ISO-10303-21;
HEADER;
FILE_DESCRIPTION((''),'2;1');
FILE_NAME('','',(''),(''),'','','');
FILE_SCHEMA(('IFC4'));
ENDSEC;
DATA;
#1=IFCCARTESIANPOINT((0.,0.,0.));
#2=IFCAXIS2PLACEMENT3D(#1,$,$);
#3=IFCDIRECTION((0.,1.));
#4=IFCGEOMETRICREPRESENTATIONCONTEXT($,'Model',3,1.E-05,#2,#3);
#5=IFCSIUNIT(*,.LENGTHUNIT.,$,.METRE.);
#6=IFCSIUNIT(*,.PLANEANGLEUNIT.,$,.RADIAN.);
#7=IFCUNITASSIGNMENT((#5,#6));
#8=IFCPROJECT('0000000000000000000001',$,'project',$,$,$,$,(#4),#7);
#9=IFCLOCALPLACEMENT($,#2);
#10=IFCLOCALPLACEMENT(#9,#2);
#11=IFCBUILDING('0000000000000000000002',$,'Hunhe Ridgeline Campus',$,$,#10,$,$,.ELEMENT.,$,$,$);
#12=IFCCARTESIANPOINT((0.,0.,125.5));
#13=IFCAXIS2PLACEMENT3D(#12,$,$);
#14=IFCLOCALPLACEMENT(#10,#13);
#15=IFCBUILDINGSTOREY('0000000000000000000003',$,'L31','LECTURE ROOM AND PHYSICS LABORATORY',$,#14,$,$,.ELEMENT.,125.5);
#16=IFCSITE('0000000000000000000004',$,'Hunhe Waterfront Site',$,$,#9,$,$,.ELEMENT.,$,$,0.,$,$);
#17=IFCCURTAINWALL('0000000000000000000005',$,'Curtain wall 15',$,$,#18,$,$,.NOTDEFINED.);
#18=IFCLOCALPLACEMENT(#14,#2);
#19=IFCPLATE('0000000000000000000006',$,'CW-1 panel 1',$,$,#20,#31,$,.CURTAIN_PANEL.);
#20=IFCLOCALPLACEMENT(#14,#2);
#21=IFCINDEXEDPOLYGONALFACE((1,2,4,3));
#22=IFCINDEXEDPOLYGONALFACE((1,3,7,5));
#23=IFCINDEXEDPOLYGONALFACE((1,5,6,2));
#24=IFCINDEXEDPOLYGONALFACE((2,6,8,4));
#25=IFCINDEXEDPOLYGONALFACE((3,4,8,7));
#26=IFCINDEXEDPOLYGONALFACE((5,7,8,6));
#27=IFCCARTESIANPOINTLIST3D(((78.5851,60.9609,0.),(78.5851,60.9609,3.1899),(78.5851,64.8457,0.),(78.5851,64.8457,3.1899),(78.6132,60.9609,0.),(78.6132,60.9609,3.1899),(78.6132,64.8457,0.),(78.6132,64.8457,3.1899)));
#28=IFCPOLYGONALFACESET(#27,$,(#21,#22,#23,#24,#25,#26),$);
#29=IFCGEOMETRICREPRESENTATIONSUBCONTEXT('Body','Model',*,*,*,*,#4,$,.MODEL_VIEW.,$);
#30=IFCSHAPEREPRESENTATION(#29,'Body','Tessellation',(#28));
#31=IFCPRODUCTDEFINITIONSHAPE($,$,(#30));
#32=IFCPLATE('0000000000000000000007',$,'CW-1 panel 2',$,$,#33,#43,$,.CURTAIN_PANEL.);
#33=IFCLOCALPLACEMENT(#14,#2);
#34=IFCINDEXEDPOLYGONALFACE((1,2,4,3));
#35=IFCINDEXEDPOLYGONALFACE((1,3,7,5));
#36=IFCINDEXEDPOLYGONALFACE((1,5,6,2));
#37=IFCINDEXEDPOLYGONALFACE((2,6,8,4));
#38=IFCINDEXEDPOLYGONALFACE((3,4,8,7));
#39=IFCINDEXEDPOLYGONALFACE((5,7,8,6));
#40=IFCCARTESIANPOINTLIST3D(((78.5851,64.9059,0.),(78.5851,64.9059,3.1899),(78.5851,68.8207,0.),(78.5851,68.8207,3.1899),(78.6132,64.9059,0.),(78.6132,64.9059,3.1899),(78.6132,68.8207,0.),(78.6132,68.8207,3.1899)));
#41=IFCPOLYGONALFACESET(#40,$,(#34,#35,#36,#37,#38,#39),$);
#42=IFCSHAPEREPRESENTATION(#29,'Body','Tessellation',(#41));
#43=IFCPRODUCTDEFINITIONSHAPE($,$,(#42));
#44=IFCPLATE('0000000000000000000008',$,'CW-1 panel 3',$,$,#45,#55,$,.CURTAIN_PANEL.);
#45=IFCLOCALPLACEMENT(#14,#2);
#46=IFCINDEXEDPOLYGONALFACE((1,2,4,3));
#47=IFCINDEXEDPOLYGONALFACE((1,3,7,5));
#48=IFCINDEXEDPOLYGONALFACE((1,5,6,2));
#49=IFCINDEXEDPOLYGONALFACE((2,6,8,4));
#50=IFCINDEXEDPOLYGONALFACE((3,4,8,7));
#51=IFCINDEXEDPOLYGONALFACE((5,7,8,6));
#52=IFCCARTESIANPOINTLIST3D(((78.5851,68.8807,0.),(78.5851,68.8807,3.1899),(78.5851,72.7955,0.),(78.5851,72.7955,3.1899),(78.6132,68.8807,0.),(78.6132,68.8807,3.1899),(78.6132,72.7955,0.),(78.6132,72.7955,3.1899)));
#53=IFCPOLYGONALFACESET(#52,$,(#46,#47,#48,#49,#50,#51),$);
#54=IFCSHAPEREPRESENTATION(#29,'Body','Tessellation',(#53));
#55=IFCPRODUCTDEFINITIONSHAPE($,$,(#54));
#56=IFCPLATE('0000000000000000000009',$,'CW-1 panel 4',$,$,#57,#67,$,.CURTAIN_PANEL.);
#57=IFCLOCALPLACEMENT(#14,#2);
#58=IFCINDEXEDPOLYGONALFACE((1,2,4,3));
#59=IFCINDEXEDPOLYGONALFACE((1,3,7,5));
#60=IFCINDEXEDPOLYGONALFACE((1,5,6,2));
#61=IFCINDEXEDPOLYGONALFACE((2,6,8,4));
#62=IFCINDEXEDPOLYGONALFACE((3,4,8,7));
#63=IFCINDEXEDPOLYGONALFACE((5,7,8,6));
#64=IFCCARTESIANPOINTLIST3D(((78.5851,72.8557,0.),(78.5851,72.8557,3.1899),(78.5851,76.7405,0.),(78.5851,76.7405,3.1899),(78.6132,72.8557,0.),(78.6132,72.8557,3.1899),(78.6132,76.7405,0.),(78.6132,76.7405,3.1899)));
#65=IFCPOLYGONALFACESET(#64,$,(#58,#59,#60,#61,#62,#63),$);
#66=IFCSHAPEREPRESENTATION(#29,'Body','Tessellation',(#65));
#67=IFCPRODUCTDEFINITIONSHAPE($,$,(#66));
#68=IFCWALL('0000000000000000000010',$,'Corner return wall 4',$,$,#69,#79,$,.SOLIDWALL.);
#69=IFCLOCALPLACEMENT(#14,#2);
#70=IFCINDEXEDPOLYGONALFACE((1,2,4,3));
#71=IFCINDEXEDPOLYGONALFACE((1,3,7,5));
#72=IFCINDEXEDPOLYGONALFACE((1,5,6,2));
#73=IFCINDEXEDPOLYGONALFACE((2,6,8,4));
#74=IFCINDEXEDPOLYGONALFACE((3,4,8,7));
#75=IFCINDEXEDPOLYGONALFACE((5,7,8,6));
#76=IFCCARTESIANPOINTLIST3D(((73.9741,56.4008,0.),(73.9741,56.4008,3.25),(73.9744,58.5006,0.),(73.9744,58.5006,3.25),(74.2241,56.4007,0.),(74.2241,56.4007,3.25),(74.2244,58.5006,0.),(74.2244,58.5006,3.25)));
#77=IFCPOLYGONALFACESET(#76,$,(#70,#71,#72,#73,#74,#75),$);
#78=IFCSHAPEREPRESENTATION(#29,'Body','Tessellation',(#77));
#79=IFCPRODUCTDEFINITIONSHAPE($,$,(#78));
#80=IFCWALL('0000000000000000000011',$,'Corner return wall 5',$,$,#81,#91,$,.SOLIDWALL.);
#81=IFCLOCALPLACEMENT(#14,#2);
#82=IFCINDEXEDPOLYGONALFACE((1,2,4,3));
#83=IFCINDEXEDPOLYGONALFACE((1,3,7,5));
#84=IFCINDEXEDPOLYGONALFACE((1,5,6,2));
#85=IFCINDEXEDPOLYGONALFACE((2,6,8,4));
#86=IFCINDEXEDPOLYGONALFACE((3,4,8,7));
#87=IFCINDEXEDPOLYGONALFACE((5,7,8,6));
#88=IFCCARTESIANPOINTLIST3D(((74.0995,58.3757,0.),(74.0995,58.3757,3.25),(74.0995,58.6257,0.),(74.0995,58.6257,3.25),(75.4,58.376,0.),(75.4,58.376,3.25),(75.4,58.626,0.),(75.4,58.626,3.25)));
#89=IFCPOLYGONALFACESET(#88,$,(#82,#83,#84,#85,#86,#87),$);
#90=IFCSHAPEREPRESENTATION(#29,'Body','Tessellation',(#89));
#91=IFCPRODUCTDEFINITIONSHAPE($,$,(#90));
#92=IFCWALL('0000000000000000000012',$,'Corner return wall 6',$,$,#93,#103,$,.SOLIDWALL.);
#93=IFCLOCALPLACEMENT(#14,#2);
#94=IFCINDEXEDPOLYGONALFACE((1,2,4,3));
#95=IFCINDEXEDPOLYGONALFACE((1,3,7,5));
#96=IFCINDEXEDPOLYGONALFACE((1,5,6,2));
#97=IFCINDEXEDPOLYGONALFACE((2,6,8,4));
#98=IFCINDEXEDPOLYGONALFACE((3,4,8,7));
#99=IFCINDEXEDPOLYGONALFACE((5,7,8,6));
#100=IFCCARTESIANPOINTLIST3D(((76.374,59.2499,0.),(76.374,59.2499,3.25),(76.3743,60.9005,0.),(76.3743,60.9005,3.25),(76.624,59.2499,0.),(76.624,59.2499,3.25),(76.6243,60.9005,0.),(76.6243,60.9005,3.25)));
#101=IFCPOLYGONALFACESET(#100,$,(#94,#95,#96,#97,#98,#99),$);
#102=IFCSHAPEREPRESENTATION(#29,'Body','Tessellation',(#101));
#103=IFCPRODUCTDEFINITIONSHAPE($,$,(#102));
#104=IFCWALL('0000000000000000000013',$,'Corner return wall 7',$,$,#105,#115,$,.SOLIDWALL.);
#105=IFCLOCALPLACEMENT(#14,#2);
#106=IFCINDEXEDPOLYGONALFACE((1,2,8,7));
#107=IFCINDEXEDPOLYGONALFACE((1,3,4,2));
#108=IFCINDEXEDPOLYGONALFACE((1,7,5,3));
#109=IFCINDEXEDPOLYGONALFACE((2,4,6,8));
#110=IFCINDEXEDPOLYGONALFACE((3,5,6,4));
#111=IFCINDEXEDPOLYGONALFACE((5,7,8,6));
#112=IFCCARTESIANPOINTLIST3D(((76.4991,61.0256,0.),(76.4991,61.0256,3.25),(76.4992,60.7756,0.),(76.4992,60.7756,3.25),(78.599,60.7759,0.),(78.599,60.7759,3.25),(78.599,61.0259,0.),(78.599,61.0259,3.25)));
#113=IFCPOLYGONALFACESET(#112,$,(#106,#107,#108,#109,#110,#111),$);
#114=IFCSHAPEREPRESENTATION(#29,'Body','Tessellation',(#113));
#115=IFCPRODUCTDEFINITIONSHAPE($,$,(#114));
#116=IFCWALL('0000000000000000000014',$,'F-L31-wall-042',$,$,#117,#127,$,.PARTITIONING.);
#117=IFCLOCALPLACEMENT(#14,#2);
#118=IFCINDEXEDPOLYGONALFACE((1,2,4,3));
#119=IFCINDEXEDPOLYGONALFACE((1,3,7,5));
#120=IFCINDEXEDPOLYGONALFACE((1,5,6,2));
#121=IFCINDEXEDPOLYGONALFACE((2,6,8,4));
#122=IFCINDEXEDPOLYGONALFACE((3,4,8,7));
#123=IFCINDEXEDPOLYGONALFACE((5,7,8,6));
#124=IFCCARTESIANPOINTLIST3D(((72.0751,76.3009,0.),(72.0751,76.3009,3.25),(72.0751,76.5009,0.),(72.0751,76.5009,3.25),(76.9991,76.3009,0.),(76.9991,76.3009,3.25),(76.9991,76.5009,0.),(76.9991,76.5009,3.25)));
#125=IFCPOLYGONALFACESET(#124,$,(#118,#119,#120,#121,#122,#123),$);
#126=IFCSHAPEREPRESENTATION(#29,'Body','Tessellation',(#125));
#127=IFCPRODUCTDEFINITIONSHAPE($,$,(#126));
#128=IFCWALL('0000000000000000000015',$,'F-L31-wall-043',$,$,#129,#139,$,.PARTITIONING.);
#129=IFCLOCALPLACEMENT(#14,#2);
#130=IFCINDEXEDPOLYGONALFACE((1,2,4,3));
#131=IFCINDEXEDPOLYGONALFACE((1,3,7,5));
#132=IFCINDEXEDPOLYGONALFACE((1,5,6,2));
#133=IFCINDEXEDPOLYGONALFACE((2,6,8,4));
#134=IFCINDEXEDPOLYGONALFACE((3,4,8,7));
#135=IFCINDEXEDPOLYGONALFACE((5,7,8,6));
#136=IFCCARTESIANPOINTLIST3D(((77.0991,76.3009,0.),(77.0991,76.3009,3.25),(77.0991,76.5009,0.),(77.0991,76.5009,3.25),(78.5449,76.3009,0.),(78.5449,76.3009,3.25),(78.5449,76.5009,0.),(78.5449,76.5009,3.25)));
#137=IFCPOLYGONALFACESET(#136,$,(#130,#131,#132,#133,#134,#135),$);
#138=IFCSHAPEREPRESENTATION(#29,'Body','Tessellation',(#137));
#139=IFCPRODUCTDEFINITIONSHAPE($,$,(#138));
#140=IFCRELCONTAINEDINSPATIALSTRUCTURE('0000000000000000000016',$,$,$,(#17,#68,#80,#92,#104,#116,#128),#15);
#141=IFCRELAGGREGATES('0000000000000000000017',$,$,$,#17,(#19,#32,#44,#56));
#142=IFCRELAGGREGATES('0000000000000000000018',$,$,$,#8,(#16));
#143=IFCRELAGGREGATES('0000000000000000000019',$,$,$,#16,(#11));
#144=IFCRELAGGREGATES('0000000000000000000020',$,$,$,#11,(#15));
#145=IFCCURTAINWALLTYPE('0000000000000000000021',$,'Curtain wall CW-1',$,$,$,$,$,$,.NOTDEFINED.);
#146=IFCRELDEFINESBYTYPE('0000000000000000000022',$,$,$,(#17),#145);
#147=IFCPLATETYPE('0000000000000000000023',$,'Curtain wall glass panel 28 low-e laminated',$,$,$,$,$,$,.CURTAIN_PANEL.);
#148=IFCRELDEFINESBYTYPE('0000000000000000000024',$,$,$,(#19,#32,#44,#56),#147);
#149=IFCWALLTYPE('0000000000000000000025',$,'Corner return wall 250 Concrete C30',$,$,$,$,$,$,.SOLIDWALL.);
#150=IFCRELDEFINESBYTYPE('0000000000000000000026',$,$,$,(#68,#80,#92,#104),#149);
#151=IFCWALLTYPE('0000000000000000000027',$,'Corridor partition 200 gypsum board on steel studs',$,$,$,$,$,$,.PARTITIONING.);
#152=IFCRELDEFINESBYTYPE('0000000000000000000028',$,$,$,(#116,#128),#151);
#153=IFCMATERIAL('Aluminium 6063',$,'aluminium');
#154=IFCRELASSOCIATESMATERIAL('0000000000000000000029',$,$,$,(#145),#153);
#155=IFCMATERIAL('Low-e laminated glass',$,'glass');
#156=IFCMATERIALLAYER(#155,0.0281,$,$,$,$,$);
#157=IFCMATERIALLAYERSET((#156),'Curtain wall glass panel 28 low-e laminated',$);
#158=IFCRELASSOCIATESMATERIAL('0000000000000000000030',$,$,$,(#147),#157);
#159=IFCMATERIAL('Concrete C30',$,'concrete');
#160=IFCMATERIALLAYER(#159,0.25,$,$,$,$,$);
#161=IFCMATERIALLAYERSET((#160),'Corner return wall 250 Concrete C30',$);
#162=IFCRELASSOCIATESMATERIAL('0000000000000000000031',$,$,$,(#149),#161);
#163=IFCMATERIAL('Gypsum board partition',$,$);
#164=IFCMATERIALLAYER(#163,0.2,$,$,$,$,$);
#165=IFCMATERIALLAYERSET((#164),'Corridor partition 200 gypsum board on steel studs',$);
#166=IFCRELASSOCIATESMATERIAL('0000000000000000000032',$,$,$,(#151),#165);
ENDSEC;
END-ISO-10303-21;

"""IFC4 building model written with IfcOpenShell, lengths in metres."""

from ifc_helpers import new_model, si_unit, direction, frame, frame_2d, origin, origin_2d, place, context, subcontext, project, spatial, rectangle, extrude, material, layer, layer_set, type_object, element, aggregate, save


model = new_model("IFC4")

# Units and contexts
model_context = context("Model", 3, precision=1e-05, world=origin(), true_north=direction((0.0, 1.0)))
body_context = subcontext(model_context, "Body", "Model", "MODEL_VIEW")
ifc_project = project(units=[si_unit("LENGTHUNIT", "METRE"), si_unit("PLANEANGLEUNIT", "RADIAN")], contexts=[model_context])

# Site, building, storey
site_placement = place(None, origin())
site = spatial("IfcSite", under=ifc_project, at=site_placement, Name="Hunhe Waterfront Site", CompositionType="ELEMENT", RefElevation=0.0)
building_placement = place(site_placement, origin())
building = spatial("IfcBuilding", under=site, at=building_placement, Name="Hunhe Ridgeline Campus", CompositionType="ELEMENT")
storey_placement = place(building_placement, frame((0.0, 0.0, 125.5)))
storey = spatial("IfcBuildingStorey", under=building, at=storey_placement, Name="L31", Description="LECTURE ROOM AND PHYSICS LABORATORY", CompositionType="ELEMENT", Elevation=125.5)

# Curtain wall
ifc_material_1 = material(Name="Aluminium 6063", Category="aluminium")
curtain_wall_type = type_object("IfcCurtainWallType", Name="Curtain wall CW-1", PredefinedType="NOTDEFINED", material=ifc_material_1)
curtain_wall_placement = place(storey_placement, origin())
curtain_wall = element("IfcCurtainWall", 1, at=curtain_wall_placement, inside=storey, type_object=curtain_wall_type, Name="Curtain wall 15", PredefinedType="NOTDEFINED")

# Plates
ifc_material_2 = material(Name="Low-e laminated glass", Category="glass")
ifc_layer_1 = layer(ifc_material_2, 0.0281)
ifc_layer_set_1 = layer_set([ifc_layer_1], Name="Curtain wall glass panel 28 low-e laminated")
plate_type = type_object("IfcPlateType", Name="Curtain wall glass panel 28 low-e laminated", PredefinedType="CURTAIN_PANEL", material=ifc_layer_set_1)
plate_1_placement = place(storey_placement, frame((78.5991, 62.9033, 0.0), z_axis=(0.0, 0.0, 1.0), x_axis=(0.0, 1.0, 0.0)))
plate_1 = element("IfcPlate", 2, at=plate_1_placement, type_object=plate_type, Name="CW-1 panel 1", PredefinedType="CURTAIN_PANEL", context=body_context, shape_type="SweptSolid", body=[
    extrude(rectangle(XDim=3.8848, YDim=0.0281, at=origin_2d()), origin(), (0.0, 0.0, 1.0), 3.1899),
])
plate_2_placement = place(storey_placement, frame((78.5991, 66.8633, 0.0), z_axis=(0.0, 0.0, 1.0), x_axis=(0.0, 1.0, 0.0)))
plate_2 = element("IfcPlate", 3, at=plate_2_placement, type_object=plate_type, Name="CW-1 panel 2", PredefinedType="CURTAIN_PANEL", context=body_context, shape_type="SweptSolid", body=[
    extrude(rectangle(XDim=3.9148, YDim=0.0281, at=origin_2d()), origin(), (0.0, 0.0, 1.0), 3.1899),
])
plate_3_placement = place(storey_placement, frame((78.5991, 70.8381, 0.0), z_axis=(0.0, 0.0, 1.0), x_axis=(0.0, 1.0, 0.0)))
plate_3 = element("IfcPlate", 4, at=plate_3_placement, type_object=plate_type, Name="CW-1 panel 3", PredefinedType="CURTAIN_PANEL", context=body_context, shape_type="SweptSolid", body=[
    extrude(rectangle(XDim=3.9148, YDim=0.0281, at=origin_2d()), origin(), (0.0, 0.0, 1.0), 3.1899),
])
plate_4_placement = place(storey_placement, frame((78.5991, 74.7981, 0.0), z_axis=(0.0, 0.0, 1.0), x_axis=(0.0, 1.0, 0.0)))
plate_4 = element("IfcPlate", 5, at=plate_4_placement, type_object=plate_type, Name="CW-1 panel 4", PredefinedType="CURTAIN_PANEL", context=body_context, shape_type="SweptSolid", body=[
    extrude(rectangle(XDim=3.8848, YDim=0.0281, at=origin_2d()), origin(), (0.0, 0.0, 1.0), 3.1899),
])
aggregate(curtain_wall, [plate_1, plate_2, plate_3, plate_4])

# Walls
ifc_material_3 = material(Name="Concrete C30", Category="concrete")
ifc_layer_2 = layer(ifc_material_3, 0.25)
ifc_layer_set_2 = layer_set([ifc_layer_2], Name="Corner return wall 250 Concrete C30")
wall_type_1 = type_object("IfcWallType", Name="Corner return wall 250 Concrete C30", PredefinedType="SOLIDWALL", material=ifc_layer_set_2)
wall_1_placement = place(storey_placement, frame((74.0991, 56.4009, 0.0), z_axis=(0.0, 0.0, 1.0), x_axis=(0.000116, 1.0, 0.0)))
element("IfcWall", 6, at=wall_1_placement, inside=storey, type_object=wall_type_1, Name="Corner return wall 4", PredefinedType="SOLIDWALL", context=body_context, shape_type="SweptSolid", body=[
    extrude(rectangle(XDim=2.0999, YDim=0.25, at=frame_2d((1.0498, 0.0))), origin(), (0.0, 0.0, 1.0), 3.25),
])
wall_2_placement = place(storey_placement, frame((74.0994, 58.5007, 0.0), z_axis=(0.0, 0.0, 1.0), x_axis=(1.0, 0.000188, 0.0)))
element("IfcWall", 7, at=wall_2_placement, inside=storey, type_object=wall_type_1, Name="Corner return wall 5", PredefinedType="SOLIDWALL", context=body_context, shape_type="SweptSolid", body=[
    extrude(rectangle(XDim=1.3005, YDim=0.25, at=frame_2d((0.6504, 0.0))), origin(), (0.0, 0.0, 1.0), 3.25),
])
wall_3_placement = place(storey_placement, frame((76.499, 59.25, 0.0), z_axis=(0.0, 0.0, 1.0), x_axis=(0.000148, 1.0, 0.0)))
element("IfcWall", 8, at=wall_3_placement, inside=storey, type_object=wall_type_1, Name="Corner return wall 6", PredefinedType="SOLIDWALL", context=body_context, shape_type="SweptSolid", body=[
    extrude(rectangle(XDim=1.6506, YDim=0.25, at=frame_2d((0.8252, 0.0))), origin(), (0.0, 0.0, 1.0), 3.25),
])
wall_4_placement = place(storey_placement, frame((76.4993, 60.9006, 0.0), z_axis=(0.0, 0.0, 1.0), x_axis=(1.0, 0.000116, 0.0)))
element("IfcWall", 9, at=wall_4_placement, inside=storey, type_object=wall_type_1, Name="Corner return wall 7", PredefinedType="SOLIDWALL", context=body_context, shape_type="SweptSolid", body=[
    extrude(rectangle(XDim=2.0999, YDim=0.25, at=frame_2d((1.0498, 0.0))), origin(), (0.0, 0.0, 1.0), 3.25),
])
ifc_material_4 = material(Name="Gypsum board partition")
ifc_layer_3 = layer(ifc_material_4, 0.2)
ifc_layer_set_3 = layer_set([ifc_layer_3], Name="Corridor partition 200 gypsum board on steel studs")
wall_type_2 = type_object("IfcWallType", Name="Corridor partition 200 gypsum board on steel studs", PredefinedType="PARTITIONING", material=ifc_layer_set_3)
wall_5_placement = place(storey_placement, frame((76.999, 76.4009, 0.0), z_axis=(0.0, 0.0, 1.0), x_axis=(-1.0, 0.0, 0.0)))
element("IfcWall", 10, at=wall_5_placement, inside=storey, type_object=wall_type_2, Name="F-L31-wall-042", PredefinedType="PARTITIONING", context=body_context, shape_type="SweptSolid", body=[
    extrude(rectangle(XDim=4.9241, YDim=0.2, at=frame_2d((2.4619, 0.0))), origin(), (0.0, 0.0, 1.0), 3.25),
])
wall_6_placement = place(storey_placement, frame((78.5449, 76.4009, 0.0), z_axis=(0.0, 0.0, 1.0), x_axis=(-1.0, 0.0, 0.0)))
element("IfcWall", 11, at=wall_6_placement, inside=storey, type_object=wall_type_2, Name="F-L31-wall-043", PredefinedType="PARTITIONING", context=body_context, shape_type="SweptSolid", body=[
    extrude(rectangle(XDim=1.4458, YDim=0.2, at=frame_2d((0.7229, 0.0))), origin(), (0.0, 0.0, 1.0), 3.25),
])

save(model, "model.ifc")
